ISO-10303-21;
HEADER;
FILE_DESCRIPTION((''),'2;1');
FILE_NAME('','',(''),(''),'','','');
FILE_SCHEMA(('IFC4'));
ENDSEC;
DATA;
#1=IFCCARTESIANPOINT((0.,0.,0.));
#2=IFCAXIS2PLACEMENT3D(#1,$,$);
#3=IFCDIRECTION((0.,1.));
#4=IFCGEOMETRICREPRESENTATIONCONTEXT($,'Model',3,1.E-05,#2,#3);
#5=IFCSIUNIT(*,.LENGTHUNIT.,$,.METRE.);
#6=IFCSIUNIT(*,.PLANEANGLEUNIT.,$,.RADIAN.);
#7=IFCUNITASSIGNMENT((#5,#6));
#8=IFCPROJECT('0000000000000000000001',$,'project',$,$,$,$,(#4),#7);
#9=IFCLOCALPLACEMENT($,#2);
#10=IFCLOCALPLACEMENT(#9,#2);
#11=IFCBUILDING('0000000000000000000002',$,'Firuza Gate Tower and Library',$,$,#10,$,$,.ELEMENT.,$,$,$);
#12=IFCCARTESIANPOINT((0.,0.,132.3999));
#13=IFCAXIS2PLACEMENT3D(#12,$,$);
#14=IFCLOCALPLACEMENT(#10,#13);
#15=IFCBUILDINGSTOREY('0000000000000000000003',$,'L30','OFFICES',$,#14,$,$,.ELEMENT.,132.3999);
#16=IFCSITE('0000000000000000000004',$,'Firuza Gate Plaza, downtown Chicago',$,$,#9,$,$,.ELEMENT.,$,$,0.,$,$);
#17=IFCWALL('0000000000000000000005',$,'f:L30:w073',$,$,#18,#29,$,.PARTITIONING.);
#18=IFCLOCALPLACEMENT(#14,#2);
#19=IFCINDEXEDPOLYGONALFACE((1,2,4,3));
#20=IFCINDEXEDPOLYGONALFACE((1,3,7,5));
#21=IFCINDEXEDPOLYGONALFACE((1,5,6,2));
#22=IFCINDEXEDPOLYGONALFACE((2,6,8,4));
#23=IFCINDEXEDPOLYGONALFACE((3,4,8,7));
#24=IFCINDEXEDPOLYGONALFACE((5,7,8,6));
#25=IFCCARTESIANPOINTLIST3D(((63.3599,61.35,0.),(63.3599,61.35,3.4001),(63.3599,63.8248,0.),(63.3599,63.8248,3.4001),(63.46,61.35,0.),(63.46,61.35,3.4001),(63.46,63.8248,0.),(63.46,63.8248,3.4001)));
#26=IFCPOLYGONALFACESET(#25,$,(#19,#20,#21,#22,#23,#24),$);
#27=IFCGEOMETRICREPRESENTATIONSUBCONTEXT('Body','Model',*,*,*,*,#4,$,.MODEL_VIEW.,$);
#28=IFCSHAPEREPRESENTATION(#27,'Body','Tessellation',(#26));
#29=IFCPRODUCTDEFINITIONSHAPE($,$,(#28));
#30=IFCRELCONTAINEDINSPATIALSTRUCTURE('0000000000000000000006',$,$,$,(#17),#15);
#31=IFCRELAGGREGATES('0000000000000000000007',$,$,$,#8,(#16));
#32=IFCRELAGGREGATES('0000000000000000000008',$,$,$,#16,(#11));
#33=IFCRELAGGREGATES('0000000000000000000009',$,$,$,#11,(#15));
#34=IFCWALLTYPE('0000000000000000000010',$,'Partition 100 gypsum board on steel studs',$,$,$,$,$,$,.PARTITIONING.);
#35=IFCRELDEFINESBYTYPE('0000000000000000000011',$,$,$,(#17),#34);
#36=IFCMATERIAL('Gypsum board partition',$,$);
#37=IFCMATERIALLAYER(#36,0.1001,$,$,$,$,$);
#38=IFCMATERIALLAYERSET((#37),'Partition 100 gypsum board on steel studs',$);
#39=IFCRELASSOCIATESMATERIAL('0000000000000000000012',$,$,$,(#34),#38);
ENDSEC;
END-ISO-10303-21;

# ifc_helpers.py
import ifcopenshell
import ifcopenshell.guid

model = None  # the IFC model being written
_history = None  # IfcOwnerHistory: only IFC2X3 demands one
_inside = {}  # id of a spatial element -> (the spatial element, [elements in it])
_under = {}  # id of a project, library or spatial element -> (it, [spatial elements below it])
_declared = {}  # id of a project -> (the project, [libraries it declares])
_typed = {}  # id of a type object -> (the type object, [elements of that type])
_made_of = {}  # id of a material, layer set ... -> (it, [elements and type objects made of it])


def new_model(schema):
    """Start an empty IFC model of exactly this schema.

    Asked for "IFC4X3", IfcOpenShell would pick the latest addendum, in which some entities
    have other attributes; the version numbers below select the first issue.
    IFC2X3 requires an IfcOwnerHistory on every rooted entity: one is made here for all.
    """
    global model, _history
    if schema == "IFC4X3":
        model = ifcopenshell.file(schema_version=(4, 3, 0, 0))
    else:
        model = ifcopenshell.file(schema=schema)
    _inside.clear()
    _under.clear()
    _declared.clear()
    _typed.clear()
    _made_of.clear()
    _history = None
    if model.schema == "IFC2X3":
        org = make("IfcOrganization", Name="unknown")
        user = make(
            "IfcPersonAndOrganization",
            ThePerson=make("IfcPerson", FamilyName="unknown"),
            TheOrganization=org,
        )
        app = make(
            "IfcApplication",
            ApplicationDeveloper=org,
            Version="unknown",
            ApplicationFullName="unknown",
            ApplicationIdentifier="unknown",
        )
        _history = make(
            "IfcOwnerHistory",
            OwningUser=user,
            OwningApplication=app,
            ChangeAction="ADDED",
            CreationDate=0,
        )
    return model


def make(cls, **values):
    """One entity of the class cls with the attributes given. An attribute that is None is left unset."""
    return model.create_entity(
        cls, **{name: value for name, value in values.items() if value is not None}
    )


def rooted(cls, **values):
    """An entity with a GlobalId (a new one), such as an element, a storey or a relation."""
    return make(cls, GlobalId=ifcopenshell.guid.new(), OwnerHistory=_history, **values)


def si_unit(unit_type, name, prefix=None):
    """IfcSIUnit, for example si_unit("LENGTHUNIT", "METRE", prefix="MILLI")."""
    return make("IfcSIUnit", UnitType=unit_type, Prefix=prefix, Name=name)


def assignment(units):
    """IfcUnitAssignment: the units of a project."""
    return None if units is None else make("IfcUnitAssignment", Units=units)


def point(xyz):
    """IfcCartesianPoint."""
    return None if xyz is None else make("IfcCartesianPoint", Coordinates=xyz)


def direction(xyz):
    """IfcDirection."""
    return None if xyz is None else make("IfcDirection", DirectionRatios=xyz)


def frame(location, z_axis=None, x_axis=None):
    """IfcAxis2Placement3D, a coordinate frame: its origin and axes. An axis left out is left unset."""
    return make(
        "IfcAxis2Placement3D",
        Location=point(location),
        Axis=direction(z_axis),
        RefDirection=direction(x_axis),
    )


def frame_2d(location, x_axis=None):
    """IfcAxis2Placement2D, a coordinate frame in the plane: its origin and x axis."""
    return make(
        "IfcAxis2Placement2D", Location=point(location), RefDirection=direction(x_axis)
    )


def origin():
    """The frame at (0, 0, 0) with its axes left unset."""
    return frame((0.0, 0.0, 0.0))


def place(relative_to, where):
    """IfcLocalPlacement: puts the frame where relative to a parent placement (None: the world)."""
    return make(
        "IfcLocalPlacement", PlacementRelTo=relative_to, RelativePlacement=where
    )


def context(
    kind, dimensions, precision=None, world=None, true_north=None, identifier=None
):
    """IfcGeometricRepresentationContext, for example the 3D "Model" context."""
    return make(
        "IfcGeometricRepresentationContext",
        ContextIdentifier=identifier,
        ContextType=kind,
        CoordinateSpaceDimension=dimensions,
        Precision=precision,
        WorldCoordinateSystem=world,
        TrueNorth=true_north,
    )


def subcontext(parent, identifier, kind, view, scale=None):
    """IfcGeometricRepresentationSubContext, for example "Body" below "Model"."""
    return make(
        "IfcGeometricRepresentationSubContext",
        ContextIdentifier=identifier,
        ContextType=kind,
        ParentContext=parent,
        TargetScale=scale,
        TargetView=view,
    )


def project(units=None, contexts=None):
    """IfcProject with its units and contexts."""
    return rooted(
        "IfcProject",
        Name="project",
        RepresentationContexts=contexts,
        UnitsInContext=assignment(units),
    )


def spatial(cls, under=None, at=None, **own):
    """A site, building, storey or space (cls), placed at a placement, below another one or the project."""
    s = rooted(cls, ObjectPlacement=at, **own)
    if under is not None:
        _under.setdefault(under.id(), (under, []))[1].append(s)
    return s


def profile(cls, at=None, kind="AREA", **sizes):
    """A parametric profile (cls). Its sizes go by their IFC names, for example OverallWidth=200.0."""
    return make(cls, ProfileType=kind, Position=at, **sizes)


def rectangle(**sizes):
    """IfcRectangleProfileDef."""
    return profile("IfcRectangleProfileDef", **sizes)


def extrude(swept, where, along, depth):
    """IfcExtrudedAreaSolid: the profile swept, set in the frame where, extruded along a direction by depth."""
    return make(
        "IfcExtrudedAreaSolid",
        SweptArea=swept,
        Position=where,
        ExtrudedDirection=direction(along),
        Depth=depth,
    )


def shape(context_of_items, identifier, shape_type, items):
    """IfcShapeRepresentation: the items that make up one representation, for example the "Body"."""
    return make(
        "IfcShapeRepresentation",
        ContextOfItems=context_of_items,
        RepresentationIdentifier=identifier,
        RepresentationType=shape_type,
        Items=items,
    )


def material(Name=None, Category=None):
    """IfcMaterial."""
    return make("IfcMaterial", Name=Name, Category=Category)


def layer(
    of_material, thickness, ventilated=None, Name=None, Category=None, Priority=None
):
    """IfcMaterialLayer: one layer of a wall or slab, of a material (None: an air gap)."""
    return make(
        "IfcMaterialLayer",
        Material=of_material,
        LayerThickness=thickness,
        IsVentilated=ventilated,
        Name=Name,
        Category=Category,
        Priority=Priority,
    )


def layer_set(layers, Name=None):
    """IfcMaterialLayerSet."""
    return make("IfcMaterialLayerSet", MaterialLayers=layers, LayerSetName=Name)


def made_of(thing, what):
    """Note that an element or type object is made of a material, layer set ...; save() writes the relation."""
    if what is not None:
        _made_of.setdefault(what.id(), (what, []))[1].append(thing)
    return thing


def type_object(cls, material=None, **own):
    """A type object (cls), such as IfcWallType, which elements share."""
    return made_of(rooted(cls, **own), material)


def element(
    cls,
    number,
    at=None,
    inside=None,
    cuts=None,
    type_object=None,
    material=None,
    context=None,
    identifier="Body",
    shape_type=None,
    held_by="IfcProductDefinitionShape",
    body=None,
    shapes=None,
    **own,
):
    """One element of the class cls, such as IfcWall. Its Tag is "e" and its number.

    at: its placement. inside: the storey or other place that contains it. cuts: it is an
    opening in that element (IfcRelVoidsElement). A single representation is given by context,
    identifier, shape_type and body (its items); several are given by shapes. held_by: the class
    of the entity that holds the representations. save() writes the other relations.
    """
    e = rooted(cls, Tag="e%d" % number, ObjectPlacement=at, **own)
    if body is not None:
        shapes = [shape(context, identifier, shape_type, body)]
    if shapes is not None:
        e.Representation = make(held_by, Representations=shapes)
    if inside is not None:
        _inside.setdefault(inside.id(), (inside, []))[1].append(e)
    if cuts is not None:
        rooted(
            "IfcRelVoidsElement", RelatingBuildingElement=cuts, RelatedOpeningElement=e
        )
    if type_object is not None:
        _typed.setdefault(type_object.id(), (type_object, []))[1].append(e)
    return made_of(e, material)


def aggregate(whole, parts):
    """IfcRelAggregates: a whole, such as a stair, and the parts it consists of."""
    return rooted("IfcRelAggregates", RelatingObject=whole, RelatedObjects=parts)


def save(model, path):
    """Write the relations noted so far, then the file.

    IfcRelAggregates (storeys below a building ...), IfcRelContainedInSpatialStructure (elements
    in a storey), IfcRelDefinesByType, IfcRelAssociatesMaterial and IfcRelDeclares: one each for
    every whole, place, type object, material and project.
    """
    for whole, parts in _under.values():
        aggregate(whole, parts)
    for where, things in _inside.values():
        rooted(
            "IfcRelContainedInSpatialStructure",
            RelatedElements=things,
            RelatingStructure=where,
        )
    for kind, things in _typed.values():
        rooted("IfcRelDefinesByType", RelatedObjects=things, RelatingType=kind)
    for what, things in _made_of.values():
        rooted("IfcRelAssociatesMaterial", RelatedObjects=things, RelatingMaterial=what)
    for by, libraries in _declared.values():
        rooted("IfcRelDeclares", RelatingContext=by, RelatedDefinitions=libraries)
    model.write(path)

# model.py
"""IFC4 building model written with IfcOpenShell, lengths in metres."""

from ifc_helpers import new_model, si_unit, direction, frame, frame_2d, origin, place, context, subcontext, project, spatial, rectangle, extrude, material, layer, layer_set, type_object, element, save


model = new_model("IFC4")

# Units and contexts
model_context = context("Model", 3, precision=1e-05, world=origin(), true_north=direction((0.0, 1.0)))
body_context = subcontext(model_context, "Body", "Model", "MODEL_VIEW")
ifc_project = project(units=[si_unit("LENGTHUNIT", "METRE"), si_unit("PLANEANGLEUNIT", "RADIAN")], contexts=[model_context])

# Site, building, storey
site_placement = place(None, origin())
site = spatial("IfcSite", under=ifc_project, at=site_placement, Name="Firuza Gate Plaza, downtown Chicago", CompositionType="ELEMENT", RefElevation=0.0)
building_placement = place(site_placement, origin())
building = spatial("IfcBuilding", under=site, at=building_placement, Name="Firuza Gate Tower and Library", CompositionType="ELEMENT")
storey_placement = place(building_placement, frame((0.0, 0.0, 132.3999)))
storey = spatial("IfcBuildingStorey", under=building, at=storey_placement, Name="L30", Description="OFFICES", CompositionType="ELEMENT", Elevation=132.3999)

# Shared definitions
ifc_material_1 = material(Name="Gypsum board partition")
ifc_layer_1 = layer(ifc_material_1, 0.1001)
ifc_layer_set_1 = layer_set([ifc_layer_1], Name="Partition 100 gypsum board on steel studs")
wall_type_1 = type_object("IfcWallType", Name="Partition 100 gypsum board on steel studs", PredefinedType="PARTITIONING", material=ifc_layer_set_1)

# Wall
wall_1_placement = place(storey_placement, frame((63.4099, 61.3501, 0.0), z_axis=(0.0, 0.0, 1.0), x_axis=(0.0, 1.0, 0.0)))
element("IfcWall", 1, at=wall_1_placement, inside=storey, type_object=wall_type_1, Name="f:L30:w073", PredefinedType="PARTITIONING", context=body_context, shape_type="SweptSolid", body=[
    extrude(rectangle(XDim=2.4749, YDim=0.1001, at=frame_2d((1.2373, 0.0))), origin(), (0.0, 0.0, 1.0), 3.4001),
])

save(model, "model.ifc")
